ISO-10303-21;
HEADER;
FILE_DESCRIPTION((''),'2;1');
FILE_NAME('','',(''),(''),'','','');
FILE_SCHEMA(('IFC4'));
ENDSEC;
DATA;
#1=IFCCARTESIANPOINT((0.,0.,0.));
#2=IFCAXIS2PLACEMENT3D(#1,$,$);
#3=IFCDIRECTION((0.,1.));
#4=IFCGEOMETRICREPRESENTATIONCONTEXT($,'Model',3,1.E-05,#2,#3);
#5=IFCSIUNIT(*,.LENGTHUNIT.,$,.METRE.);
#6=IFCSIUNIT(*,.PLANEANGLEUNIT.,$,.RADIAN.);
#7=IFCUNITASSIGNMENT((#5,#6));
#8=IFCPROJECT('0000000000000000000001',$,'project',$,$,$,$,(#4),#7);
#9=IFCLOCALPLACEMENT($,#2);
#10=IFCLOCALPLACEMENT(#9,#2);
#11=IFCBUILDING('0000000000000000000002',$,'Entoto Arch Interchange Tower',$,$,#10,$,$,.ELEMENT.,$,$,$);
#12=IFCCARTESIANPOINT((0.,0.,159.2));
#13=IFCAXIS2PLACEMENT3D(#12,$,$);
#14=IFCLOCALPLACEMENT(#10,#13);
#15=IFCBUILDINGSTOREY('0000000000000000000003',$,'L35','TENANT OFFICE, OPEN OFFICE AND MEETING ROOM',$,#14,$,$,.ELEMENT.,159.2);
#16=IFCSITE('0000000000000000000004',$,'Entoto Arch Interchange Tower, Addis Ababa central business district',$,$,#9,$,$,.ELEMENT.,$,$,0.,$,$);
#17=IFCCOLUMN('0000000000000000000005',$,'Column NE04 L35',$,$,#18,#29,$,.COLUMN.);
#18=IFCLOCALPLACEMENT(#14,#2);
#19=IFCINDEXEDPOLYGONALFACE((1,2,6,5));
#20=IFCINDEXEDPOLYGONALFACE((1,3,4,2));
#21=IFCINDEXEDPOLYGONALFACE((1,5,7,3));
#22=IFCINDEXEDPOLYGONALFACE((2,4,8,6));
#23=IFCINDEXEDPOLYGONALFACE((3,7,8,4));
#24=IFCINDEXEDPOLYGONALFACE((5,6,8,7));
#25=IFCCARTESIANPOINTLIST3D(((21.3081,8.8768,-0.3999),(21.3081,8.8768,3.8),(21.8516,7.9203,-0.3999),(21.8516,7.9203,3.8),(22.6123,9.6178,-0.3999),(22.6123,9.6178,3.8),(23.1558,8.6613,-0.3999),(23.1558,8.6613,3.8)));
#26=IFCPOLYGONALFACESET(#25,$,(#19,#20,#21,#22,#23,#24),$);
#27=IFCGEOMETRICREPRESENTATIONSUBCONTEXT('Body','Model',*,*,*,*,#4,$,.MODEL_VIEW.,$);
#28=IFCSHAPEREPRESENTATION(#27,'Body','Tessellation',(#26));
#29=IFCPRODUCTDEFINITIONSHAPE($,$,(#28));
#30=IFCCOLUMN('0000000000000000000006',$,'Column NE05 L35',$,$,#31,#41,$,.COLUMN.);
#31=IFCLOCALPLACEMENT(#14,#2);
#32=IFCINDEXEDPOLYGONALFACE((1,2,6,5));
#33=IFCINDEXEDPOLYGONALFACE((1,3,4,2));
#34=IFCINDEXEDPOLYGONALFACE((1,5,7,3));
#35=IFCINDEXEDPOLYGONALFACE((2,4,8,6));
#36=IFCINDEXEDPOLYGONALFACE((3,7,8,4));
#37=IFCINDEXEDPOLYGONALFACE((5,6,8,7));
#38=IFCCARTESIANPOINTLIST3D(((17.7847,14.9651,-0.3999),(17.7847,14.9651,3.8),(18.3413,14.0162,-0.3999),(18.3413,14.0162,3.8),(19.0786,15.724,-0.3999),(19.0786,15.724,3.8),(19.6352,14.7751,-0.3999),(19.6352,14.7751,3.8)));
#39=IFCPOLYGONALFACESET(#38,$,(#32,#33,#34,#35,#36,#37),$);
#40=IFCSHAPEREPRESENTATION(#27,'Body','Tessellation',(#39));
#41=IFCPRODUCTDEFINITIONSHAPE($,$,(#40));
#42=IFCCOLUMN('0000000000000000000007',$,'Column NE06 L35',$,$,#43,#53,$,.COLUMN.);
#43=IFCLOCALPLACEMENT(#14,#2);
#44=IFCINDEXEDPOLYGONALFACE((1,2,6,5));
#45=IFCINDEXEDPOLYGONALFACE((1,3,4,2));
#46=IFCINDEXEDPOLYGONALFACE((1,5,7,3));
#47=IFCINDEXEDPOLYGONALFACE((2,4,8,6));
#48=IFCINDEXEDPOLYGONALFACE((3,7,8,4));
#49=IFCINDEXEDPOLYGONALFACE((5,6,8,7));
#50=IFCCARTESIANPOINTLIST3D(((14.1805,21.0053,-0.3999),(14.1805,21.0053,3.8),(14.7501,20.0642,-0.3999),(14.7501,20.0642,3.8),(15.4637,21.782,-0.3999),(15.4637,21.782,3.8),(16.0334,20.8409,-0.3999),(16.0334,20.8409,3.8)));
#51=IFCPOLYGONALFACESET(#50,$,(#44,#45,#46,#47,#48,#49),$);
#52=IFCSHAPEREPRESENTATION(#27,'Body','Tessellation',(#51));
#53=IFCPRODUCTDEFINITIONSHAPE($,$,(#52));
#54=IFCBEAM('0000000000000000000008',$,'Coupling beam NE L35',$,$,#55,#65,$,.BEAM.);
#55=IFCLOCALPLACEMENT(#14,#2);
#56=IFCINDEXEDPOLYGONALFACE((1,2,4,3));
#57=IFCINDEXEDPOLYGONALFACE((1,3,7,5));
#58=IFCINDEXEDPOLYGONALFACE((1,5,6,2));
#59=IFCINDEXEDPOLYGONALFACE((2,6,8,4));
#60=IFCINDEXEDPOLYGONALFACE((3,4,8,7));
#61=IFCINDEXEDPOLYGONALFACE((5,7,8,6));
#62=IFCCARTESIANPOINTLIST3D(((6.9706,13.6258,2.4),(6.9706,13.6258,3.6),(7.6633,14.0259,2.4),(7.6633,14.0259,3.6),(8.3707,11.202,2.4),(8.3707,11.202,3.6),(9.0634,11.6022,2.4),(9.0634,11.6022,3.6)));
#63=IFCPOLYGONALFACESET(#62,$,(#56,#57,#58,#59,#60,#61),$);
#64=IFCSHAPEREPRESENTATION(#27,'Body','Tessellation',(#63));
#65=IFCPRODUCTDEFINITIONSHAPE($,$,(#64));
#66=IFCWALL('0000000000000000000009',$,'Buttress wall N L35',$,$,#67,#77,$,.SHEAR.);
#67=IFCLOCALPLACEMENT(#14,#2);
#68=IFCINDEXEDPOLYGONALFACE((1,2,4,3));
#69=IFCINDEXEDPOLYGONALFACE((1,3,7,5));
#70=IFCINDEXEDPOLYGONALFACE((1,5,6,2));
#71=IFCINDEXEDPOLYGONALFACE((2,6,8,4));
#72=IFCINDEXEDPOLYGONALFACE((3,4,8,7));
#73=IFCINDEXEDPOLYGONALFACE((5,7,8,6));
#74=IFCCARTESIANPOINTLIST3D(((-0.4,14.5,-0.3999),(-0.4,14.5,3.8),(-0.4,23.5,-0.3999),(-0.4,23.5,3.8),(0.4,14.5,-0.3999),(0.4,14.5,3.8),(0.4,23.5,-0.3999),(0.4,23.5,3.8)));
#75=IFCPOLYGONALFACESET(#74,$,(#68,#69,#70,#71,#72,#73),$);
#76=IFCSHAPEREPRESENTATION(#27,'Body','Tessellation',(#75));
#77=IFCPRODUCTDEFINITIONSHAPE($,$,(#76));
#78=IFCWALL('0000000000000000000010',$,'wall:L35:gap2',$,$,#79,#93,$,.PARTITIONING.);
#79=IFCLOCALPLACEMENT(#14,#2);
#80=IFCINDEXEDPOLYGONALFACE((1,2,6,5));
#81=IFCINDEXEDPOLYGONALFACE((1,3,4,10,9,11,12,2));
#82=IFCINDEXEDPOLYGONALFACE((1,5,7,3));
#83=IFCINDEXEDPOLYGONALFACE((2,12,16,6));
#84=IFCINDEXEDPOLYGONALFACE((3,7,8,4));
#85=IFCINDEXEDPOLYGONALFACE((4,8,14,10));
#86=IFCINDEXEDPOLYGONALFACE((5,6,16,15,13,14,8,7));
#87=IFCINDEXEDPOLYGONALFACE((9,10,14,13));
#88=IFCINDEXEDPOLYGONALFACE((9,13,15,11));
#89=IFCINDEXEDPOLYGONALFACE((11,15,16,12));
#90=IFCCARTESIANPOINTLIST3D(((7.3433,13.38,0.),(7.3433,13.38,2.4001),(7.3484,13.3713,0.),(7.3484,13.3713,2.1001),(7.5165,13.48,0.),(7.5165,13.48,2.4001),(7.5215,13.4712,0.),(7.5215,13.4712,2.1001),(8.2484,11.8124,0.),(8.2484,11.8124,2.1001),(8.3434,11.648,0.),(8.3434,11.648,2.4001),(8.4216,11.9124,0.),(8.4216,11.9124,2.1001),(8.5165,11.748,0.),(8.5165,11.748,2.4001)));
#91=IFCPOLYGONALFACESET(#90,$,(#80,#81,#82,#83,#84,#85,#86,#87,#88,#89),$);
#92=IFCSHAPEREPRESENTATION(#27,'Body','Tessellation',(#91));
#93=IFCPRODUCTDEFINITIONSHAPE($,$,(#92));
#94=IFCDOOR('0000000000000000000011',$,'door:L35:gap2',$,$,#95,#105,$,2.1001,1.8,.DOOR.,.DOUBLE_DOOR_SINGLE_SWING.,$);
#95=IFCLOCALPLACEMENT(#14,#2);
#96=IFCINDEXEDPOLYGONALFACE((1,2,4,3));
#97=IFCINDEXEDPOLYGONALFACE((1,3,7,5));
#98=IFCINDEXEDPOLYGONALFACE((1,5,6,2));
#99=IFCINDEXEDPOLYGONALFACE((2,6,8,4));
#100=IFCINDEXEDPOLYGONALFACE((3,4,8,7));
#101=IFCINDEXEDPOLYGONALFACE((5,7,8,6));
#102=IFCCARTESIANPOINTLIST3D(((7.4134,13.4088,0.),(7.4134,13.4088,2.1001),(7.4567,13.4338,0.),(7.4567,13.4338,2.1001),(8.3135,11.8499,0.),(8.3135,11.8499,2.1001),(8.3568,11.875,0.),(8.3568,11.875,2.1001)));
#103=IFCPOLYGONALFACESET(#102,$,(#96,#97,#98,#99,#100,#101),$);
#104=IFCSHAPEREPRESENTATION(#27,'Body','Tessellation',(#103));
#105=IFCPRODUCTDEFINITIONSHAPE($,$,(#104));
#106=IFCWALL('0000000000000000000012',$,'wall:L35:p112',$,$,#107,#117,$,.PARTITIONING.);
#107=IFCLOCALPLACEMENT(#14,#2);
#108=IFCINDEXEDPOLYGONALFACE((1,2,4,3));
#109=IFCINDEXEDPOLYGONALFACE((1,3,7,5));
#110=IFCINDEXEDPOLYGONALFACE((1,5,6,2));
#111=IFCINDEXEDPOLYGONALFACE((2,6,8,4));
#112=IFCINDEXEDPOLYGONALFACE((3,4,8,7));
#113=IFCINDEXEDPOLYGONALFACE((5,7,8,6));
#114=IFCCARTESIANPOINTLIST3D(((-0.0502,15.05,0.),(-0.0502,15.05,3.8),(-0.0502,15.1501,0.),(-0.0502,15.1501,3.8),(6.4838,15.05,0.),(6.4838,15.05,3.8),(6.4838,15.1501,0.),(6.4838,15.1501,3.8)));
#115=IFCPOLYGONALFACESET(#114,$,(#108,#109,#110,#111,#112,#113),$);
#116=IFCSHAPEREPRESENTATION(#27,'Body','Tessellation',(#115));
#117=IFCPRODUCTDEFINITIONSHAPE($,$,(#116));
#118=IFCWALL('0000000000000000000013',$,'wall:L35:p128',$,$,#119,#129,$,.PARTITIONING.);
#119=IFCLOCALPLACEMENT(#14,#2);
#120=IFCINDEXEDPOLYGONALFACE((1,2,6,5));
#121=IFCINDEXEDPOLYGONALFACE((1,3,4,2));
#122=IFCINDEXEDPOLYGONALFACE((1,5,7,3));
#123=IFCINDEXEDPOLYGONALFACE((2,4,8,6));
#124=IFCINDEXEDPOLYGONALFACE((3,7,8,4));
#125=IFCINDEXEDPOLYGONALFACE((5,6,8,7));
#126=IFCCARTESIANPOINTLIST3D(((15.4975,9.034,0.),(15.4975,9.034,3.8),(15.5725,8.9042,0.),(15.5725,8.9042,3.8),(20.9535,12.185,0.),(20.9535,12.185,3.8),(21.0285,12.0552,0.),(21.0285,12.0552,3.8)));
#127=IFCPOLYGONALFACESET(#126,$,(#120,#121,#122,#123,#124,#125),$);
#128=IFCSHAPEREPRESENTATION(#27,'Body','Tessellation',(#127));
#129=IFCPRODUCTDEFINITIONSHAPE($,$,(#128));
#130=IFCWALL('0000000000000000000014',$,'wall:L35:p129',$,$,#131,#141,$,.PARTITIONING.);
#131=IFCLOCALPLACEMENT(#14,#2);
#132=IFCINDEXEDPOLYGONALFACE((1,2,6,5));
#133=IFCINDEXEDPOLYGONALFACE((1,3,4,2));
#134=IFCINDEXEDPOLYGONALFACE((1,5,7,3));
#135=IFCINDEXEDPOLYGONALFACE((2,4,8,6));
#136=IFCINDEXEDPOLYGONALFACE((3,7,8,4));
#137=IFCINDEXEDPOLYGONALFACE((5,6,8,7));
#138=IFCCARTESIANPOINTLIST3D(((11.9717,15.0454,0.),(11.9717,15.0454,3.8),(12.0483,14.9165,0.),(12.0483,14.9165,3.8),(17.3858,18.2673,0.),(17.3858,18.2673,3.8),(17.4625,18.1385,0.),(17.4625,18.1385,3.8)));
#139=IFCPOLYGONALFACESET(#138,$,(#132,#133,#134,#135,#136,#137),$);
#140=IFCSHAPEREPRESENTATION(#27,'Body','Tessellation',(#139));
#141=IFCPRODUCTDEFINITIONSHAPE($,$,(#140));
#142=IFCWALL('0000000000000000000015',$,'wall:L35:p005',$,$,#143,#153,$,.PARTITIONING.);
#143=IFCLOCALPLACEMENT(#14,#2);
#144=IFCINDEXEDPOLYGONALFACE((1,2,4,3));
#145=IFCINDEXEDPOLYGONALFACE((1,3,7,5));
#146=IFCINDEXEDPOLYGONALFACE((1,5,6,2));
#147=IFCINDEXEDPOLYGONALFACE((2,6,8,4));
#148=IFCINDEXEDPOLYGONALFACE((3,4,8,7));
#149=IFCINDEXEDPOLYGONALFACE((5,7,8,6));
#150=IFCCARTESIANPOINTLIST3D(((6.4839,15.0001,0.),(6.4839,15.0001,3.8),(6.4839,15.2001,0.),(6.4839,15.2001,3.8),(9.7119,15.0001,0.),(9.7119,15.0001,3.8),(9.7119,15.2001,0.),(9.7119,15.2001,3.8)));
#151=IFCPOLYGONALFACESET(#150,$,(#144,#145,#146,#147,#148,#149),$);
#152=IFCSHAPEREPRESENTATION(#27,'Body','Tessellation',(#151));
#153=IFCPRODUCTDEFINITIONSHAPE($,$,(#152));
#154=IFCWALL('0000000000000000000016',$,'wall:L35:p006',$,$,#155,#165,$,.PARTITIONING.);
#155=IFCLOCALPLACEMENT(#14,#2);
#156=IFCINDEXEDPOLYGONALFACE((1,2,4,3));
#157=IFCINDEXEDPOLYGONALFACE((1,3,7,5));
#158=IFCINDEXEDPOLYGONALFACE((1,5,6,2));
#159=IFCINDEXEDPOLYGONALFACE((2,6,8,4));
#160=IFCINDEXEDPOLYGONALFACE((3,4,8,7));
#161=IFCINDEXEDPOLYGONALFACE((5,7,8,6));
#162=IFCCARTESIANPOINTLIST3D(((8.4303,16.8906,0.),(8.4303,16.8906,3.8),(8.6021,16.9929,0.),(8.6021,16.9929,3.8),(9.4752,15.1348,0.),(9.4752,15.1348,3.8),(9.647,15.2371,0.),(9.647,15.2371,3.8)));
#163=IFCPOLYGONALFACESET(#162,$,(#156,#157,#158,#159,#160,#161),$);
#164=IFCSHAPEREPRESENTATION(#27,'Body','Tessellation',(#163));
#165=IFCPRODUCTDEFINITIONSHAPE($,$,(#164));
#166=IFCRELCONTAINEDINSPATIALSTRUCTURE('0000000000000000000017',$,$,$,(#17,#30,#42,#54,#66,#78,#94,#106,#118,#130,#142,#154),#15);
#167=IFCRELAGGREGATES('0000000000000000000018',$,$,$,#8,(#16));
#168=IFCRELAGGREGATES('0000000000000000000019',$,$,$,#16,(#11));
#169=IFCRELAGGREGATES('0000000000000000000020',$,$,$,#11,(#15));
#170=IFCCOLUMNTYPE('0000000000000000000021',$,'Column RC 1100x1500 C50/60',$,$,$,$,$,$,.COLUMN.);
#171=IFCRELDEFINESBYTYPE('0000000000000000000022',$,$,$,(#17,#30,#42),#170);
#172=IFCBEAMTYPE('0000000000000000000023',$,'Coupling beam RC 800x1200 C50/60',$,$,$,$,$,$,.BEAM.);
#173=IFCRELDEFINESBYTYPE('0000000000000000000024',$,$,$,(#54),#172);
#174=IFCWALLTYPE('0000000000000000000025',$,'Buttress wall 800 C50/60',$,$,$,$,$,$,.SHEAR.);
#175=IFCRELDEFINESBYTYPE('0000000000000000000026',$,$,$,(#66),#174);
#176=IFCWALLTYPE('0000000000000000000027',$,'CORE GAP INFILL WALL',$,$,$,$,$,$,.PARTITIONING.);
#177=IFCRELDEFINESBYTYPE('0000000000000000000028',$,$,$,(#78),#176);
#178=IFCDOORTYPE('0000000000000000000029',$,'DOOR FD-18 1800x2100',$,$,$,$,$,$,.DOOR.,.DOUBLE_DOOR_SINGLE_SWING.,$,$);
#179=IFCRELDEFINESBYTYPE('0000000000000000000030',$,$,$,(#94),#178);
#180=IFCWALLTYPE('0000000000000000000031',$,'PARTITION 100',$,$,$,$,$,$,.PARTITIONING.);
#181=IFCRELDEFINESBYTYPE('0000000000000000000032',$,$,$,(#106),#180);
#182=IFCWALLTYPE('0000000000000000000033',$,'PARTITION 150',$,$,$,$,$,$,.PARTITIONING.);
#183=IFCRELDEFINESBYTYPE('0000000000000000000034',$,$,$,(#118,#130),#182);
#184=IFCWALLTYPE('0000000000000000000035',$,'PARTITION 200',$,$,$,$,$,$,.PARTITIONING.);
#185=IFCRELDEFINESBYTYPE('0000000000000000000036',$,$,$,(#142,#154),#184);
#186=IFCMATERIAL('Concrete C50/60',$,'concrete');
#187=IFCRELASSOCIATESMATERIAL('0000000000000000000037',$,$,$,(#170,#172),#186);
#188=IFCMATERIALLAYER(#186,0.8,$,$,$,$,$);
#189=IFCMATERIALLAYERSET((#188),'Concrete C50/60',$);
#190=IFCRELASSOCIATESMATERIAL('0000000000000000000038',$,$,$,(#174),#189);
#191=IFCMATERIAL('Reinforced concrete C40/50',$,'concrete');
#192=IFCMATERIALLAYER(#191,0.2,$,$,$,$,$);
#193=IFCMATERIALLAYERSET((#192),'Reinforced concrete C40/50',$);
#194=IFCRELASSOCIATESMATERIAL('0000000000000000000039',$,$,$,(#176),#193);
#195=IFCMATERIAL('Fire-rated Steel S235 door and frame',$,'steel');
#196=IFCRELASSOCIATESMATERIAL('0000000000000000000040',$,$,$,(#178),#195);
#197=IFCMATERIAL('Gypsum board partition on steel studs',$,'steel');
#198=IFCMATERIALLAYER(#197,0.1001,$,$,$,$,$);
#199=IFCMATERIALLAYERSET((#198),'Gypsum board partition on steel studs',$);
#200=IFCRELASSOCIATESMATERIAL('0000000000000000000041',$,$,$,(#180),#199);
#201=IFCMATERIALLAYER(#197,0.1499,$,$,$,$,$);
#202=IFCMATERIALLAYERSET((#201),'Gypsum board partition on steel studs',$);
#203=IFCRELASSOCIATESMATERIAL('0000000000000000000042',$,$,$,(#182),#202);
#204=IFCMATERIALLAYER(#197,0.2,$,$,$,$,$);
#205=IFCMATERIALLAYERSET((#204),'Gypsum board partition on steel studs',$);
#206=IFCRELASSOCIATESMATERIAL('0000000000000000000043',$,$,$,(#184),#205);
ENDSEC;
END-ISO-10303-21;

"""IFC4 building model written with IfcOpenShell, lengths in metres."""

from ifc_helpers import new_model, si_unit, direction, frame, frame_2d, origin, origin_2d, place, context, subcontext, project, spatial, rectangle, extrude, material, layer, layer_set, material_profile, profile_set, type_object, element, fill, save


model = new_model("IFC4")

# Units and contexts
model_context = context("Model", 3, precision=1e-05, world=origin(), true_north=direction((0.0, 1.0)))
body_context = subcontext(model_context, "Body", "Model", "MODEL_VIEW")
ifc_project = project(units=[si_unit("LENGTHUNIT", "METRE"), si_unit("PLANEANGLEUNIT", "RADIAN")], contexts=[model_context])

# Site, building, storey
site_placement = place(None, origin())
site = spatial("IfcSite", under=ifc_project, at=site_placement, Name="Entoto Arch Interchange Tower, Addis Ababa central business district", CompositionType="ELEMENT", RefElevation=0.0)
building_placement = place(site_placement, origin())
building = spatial("IfcBuilding", under=site, at=building_placement, Name="Entoto Arch Interchange Tower", CompositionType="ELEMENT")
storey_placement = place(building_placement, frame((0.0, 0.0, 159.2)))
storey = spatial("IfcBuildingStorey", under=building, at=storey_placement, Name="L35", Description="TENANT OFFICE, OPEN OFFICE AND MEETING ROOM", CompositionType="ELEMENT", Elevation=159.2)

# Columns
ifc_material_1 = material(Name="Concrete C50/60", Category="concrete")
ifc_material_profile_1 = material_profile(ifc_material_1, rectangle(XDim=1.1001, YDim=1.5, at=origin_2d()))
ifc_profile_set_1 = profile_set([ifc_material_profile_1], Name="Concrete C50/60")
column_type = type_object("IfcColumnType", Name="Column RC 1100x1500 C50/60", PredefinedType="COLUMN", material=ifc_profile_set_1)
for number, where, z_axis, x_axis, name in (
    (1, (22.2319, 8.769, -0.3999), (0.0, 0.0, 1.0), (-0.494018, 0.869452, 0.0), "Column NE04 L35"),
    (2, (18.71, 14.8701, -0.3999), (0.0, 0.0, 1.0), (-0.505958, 0.862558, 0.0), "Column NE05 L35"),
    (3, (15.1069, 20.9231, -0.3999), (0.0, 0.0, 1.0), (-0.517803, 0.8555, 0.0), "Column NE06 L35"),
):
    element("IfcColumn", number, at=place(storey_placement, frame(where, z_axis=z_axis, x_axis=x_axis)), inside=storey, type_object=column_type, Name=name, PredefinedType="COLUMN", context=body_context, shape_type="SweptSolid", body=[
        extrude(rectangle(XDim=1.1001, YDim=1.5, at=origin_2d()), origin(), (0.0, 0.0, 1.0), 4.2),
    ])

# Beam
ifc_material_profile_2 = material_profile(ifc_material_1, rectangle(XDim=0.8, YDim=1.2, at=origin_2d()))
ifc_profile_set_2 = profile_set([ifc_material_profile_2], Name="Concrete C50/60")
beam_type = type_object("IfcBeamType", Name="Coupling beam RC 800x1200 C50/60", PredefinedType="BEAM", material=ifc_profile_set_2)
beam_placement = place(storey_placement, frame((8.717, 11.4021, 3.0), z_axis=(-0.500201, 0.86591, 0.0), x_axis=(-0.86591, -0.500201, 0.0)))
element("IfcBeam", 4, at=beam_placement, inside=storey, type_object=beam_type, Name="Coupling beam NE L35", PredefinedType="BEAM", context=body_context, shape_type="SweptSolid", body=[
    extrude(rectangle(XDim=0.8, YDim=1.2, at=origin_2d()), origin(), (0.0, 0.0, 1.0), 2.7991),
])

# Wall
ifc_layer_1 = layer(ifc_material_1, 0.8)
ifc_layer_set_1 = layer_set([ifc_layer_1], Name="Concrete C50/60")
wall_type_1 = type_object("IfcWallType", Name="Buttress wall 800 C50/60", PredefinedType="SHEAR", material=ifc_layer_set_1)
wall_1_placement = place(storey_placement, frame((0.0, 14.5, -0.3999), z_axis=(0.0, 0.0, 1.0), x_axis=(0.0, 1.0, 0.0)))
element("IfcWall", 5, at=wall_1_placement, inside=storey, type_object=wall_type_1, Name="Buttress wall N L35", PredefinedType="SHEAR", context=body_context, shape_type="SweptSolid", body=[
    extrude(rectangle(XDim=9.0, YDim=0.8, at=frame_2d((4.5, 0.0))), origin(), (0.0, 0.0, 1.0), 4.2),
])

# Wall, opening, door
ifc_material_2 = material(Name="Reinforced concrete C40/50", Category="concrete")
ifc_layer_2 = layer(ifc_material_2, 0.2)
ifc_layer_set_2 = layer_set([ifc_layer_2], Name="Reinforced concrete C40/50")
wall_type_2 = type_object("IfcWallType", Name="CORE GAP INFILL WALL", PredefinedType="PARTITIONING", material=ifc_layer_set_2)
wall_2_placement = place(storey_placement, frame((8.4299, 11.698, 0.0), z_axis=(0.0, 0.0, 1.0), x_axis=(-0.500025, 0.866011, 0.0)))
wall_2 = element("IfcWall", 6, at=wall_2_placement, inside=storey, type_object=wall_type_2, Name="wall:L35:gap2", PredefinedType="PARTITIONING", context=body_context, shape_type="SweptSolid", body=[
    extrude(rectangle(XDim=2.0, YDim=0.2, at=frame_2d((1.0, 0.0))), origin(), (0.0, 0.0, 1.0), 2.4001),
])
opening_1_placement = place(wall_2_placement, frame((0.1899, 0.0, 0.0)))
opening_1 = element("IfcOpeningElement", 7, at=opening_1_placement, cuts=wall_2, PredefinedType="OPENING", context=body_context, shape_type="SweptSolid", body=[
    extrude(rectangle(XDim=1.8, YDim=2.1001, at=frame_2d((0.8999, 1.05))), frame((0.0, 0.1099, 0.0), z_axis=(0.0, -1.0, 0.0), x_axis=(1.0, 0.0, 0.0)), (0.0, 0.0, 1.0), 0.22),
])
ifc_material_3 = material(Name="Fire-rated Steel S235 door and frame", Category="steel")
door_type_1 = type_object("IfcDoorType", Name="DOOR FD-18 1800x2100", OperationType="DOUBLE_DOOR_SINGLE_SWING", PredefinedType="DOOR", material=ifc_material_3)
door_1_placement = place(opening_1_placement, origin())
door_1 = element("IfcDoor", 8, at=door_1_placement, inside=storey, type_object=door_type_1, Name="door:L35:gap2", OperationType="DOUBLE_DOOR_SINGLE_SWING", OverallHeight=2.1001, OverallWidth=1.8, PredefinedType="DOOR", context=body_context, shape_type="SweptSolid", body=[
    extrude(rectangle(XDim=1.8, YDim=2.1001, at=frame_2d((0.8999, 1.05))), frame((0.0, 0.0249, 0.0), z_axis=(0.0, -1.0, 0.0), x_axis=(1.0, 0.0, 0.0)), (0.0, 0.0, 1.0), 0.05),
])
fill(opening_1, door_1)

# Walls
ifc_material_4 = material(Name="Gypsum board partition on steel studs", Category="steel")
ifc_layer_3 = layer(ifc_material_4, 0.1001)
ifc_layer_set_3 = layer_set([ifc_layer_3], Name="Gypsum board partition on steel studs")
wall_type_3 = type_object("IfcWallType", Name="PARTITION 100", PredefinedType="PARTITIONING", material=ifc_layer_set_3)
wall_3_placement = place(storey_placement, frame((6.4839, 15.1001, 0.0), z_axis=(0.0, 0.0, 1.0), x_axis=(-1.0, 0.0, 0.0)))
element("IfcWall", 9, at=wall_3_placement, inside=storey, type_object=wall_type_3, Name="wall:L35:p112", PredefinedType="PARTITIONING", context=body_context, shape_type="SweptSolid", body=[
    extrude(rectangle(XDim=6.5339, YDim=0.1001, at=frame_2d((3.2671, 0.0))), origin(), (0.0, 0.0, 1.0), 3.8),
])
ifc_layer_4 = layer(ifc_material_4, 0.1499)
ifc_layer_set_4 = layer_set([ifc_layer_4], Name="Gypsum board partition on steel studs")
wall_type_4 = type_object("IfcWallType", Name="PARTITION 150", PredefinedType="PARTITIONING", material=ifc_layer_set_4)
wall_4_placement = place(storey_placement, frame((15.5349, 8.969, 0.0), z_axis=(0.0, 0.0, 1.0), x_axis=(0.865952, 0.500127, 0.0)))
element("IfcWall", 10, at=wall_4_placement, inside=storey, type_object=wall_type_4, Name="wall:L35:p128", PredefinedType="PARTITIONING", context=body_context, shape_type="SweptSolid", body=[
    extrude(rectangle(XDim=6.3005, YDim=0.1499, at=frame_2d((3.1504, 0.0))), origin(), (0.0, 0.0, 1.0), 3.8),
])
wall_5_placement = place(storey_placement, frame((12.01, 14.981, 0.0), z_axis=(0.0, 0.0, 1.0), x_axis=(0.859344, 0.511398, 0.0)))
element("IfcWall", 11, at=wall_5_placement, inside=storey, type_object=wall_type_4, Name="wall:L35:p129", PredefinedType="PARTITIONING", context=body_context, shape_type="SweptSolid", body=[
    extrude(rectangle(XDim=6.3003, YDim=0.1499, at=frame_2d((3.1501, 0.0))), origin(), (0.0, 0.0, 1.0), 3.8),
])
ifc_layer_5 = layer(ifc_material_4, 0.2)
ifc_layer_set_5 = layer_set([ifc_layer_5], Name="Gypsum board partition on steel studs")
wall_type_5 = type_object("IfcWallType", Name="PARTITION 200", PredefinedType="PARTITIONING", material=ifc_layer_set_5)
wall_6_placement = place(storey_placement, frame((6.4839, 15.1001, 0.0), z_axis=(0.0, 0.0, 1.0), x_axis=(1.0, 0.0, 0.0)))
element("IfcWall", 12, at=wall_6_placement, inside=storey, type_object=wall_type_5, Name="wall:L35:p005", PredefinedType="PARTITIONING", context=body_context, shape_type="SweptSolid", body=[
    extrude(rectangle(XDim=3.228, YDim=0.2, at=frame_2d((1.614, 0.0))), origin(), (0.0, 0.0, 1.0), 3.8),
])
wall_7_placement = place(storey_placement, frame((9.561, 15.186, 0.0), z_axis=(0.0, 0.0, 1.0), x_axis=(-0.5114, 0.859343, 0.0)))
element("IfcWall", 13, at=wall_7_placement, inside=storey, type_object=wall_type_5, Name="wall:L35:p006", PredefinedType="PARTITIONING", context=body_context, shape_type="SweptSolid", body=[
    extrude(rectangle(XDim=2.0432, YDim=0.2, at=frame_2d((1.0215, 0.0))), origin(), (0.0, 0.0, 1.0), 3.8),
])

save(model, "model.ifc")
